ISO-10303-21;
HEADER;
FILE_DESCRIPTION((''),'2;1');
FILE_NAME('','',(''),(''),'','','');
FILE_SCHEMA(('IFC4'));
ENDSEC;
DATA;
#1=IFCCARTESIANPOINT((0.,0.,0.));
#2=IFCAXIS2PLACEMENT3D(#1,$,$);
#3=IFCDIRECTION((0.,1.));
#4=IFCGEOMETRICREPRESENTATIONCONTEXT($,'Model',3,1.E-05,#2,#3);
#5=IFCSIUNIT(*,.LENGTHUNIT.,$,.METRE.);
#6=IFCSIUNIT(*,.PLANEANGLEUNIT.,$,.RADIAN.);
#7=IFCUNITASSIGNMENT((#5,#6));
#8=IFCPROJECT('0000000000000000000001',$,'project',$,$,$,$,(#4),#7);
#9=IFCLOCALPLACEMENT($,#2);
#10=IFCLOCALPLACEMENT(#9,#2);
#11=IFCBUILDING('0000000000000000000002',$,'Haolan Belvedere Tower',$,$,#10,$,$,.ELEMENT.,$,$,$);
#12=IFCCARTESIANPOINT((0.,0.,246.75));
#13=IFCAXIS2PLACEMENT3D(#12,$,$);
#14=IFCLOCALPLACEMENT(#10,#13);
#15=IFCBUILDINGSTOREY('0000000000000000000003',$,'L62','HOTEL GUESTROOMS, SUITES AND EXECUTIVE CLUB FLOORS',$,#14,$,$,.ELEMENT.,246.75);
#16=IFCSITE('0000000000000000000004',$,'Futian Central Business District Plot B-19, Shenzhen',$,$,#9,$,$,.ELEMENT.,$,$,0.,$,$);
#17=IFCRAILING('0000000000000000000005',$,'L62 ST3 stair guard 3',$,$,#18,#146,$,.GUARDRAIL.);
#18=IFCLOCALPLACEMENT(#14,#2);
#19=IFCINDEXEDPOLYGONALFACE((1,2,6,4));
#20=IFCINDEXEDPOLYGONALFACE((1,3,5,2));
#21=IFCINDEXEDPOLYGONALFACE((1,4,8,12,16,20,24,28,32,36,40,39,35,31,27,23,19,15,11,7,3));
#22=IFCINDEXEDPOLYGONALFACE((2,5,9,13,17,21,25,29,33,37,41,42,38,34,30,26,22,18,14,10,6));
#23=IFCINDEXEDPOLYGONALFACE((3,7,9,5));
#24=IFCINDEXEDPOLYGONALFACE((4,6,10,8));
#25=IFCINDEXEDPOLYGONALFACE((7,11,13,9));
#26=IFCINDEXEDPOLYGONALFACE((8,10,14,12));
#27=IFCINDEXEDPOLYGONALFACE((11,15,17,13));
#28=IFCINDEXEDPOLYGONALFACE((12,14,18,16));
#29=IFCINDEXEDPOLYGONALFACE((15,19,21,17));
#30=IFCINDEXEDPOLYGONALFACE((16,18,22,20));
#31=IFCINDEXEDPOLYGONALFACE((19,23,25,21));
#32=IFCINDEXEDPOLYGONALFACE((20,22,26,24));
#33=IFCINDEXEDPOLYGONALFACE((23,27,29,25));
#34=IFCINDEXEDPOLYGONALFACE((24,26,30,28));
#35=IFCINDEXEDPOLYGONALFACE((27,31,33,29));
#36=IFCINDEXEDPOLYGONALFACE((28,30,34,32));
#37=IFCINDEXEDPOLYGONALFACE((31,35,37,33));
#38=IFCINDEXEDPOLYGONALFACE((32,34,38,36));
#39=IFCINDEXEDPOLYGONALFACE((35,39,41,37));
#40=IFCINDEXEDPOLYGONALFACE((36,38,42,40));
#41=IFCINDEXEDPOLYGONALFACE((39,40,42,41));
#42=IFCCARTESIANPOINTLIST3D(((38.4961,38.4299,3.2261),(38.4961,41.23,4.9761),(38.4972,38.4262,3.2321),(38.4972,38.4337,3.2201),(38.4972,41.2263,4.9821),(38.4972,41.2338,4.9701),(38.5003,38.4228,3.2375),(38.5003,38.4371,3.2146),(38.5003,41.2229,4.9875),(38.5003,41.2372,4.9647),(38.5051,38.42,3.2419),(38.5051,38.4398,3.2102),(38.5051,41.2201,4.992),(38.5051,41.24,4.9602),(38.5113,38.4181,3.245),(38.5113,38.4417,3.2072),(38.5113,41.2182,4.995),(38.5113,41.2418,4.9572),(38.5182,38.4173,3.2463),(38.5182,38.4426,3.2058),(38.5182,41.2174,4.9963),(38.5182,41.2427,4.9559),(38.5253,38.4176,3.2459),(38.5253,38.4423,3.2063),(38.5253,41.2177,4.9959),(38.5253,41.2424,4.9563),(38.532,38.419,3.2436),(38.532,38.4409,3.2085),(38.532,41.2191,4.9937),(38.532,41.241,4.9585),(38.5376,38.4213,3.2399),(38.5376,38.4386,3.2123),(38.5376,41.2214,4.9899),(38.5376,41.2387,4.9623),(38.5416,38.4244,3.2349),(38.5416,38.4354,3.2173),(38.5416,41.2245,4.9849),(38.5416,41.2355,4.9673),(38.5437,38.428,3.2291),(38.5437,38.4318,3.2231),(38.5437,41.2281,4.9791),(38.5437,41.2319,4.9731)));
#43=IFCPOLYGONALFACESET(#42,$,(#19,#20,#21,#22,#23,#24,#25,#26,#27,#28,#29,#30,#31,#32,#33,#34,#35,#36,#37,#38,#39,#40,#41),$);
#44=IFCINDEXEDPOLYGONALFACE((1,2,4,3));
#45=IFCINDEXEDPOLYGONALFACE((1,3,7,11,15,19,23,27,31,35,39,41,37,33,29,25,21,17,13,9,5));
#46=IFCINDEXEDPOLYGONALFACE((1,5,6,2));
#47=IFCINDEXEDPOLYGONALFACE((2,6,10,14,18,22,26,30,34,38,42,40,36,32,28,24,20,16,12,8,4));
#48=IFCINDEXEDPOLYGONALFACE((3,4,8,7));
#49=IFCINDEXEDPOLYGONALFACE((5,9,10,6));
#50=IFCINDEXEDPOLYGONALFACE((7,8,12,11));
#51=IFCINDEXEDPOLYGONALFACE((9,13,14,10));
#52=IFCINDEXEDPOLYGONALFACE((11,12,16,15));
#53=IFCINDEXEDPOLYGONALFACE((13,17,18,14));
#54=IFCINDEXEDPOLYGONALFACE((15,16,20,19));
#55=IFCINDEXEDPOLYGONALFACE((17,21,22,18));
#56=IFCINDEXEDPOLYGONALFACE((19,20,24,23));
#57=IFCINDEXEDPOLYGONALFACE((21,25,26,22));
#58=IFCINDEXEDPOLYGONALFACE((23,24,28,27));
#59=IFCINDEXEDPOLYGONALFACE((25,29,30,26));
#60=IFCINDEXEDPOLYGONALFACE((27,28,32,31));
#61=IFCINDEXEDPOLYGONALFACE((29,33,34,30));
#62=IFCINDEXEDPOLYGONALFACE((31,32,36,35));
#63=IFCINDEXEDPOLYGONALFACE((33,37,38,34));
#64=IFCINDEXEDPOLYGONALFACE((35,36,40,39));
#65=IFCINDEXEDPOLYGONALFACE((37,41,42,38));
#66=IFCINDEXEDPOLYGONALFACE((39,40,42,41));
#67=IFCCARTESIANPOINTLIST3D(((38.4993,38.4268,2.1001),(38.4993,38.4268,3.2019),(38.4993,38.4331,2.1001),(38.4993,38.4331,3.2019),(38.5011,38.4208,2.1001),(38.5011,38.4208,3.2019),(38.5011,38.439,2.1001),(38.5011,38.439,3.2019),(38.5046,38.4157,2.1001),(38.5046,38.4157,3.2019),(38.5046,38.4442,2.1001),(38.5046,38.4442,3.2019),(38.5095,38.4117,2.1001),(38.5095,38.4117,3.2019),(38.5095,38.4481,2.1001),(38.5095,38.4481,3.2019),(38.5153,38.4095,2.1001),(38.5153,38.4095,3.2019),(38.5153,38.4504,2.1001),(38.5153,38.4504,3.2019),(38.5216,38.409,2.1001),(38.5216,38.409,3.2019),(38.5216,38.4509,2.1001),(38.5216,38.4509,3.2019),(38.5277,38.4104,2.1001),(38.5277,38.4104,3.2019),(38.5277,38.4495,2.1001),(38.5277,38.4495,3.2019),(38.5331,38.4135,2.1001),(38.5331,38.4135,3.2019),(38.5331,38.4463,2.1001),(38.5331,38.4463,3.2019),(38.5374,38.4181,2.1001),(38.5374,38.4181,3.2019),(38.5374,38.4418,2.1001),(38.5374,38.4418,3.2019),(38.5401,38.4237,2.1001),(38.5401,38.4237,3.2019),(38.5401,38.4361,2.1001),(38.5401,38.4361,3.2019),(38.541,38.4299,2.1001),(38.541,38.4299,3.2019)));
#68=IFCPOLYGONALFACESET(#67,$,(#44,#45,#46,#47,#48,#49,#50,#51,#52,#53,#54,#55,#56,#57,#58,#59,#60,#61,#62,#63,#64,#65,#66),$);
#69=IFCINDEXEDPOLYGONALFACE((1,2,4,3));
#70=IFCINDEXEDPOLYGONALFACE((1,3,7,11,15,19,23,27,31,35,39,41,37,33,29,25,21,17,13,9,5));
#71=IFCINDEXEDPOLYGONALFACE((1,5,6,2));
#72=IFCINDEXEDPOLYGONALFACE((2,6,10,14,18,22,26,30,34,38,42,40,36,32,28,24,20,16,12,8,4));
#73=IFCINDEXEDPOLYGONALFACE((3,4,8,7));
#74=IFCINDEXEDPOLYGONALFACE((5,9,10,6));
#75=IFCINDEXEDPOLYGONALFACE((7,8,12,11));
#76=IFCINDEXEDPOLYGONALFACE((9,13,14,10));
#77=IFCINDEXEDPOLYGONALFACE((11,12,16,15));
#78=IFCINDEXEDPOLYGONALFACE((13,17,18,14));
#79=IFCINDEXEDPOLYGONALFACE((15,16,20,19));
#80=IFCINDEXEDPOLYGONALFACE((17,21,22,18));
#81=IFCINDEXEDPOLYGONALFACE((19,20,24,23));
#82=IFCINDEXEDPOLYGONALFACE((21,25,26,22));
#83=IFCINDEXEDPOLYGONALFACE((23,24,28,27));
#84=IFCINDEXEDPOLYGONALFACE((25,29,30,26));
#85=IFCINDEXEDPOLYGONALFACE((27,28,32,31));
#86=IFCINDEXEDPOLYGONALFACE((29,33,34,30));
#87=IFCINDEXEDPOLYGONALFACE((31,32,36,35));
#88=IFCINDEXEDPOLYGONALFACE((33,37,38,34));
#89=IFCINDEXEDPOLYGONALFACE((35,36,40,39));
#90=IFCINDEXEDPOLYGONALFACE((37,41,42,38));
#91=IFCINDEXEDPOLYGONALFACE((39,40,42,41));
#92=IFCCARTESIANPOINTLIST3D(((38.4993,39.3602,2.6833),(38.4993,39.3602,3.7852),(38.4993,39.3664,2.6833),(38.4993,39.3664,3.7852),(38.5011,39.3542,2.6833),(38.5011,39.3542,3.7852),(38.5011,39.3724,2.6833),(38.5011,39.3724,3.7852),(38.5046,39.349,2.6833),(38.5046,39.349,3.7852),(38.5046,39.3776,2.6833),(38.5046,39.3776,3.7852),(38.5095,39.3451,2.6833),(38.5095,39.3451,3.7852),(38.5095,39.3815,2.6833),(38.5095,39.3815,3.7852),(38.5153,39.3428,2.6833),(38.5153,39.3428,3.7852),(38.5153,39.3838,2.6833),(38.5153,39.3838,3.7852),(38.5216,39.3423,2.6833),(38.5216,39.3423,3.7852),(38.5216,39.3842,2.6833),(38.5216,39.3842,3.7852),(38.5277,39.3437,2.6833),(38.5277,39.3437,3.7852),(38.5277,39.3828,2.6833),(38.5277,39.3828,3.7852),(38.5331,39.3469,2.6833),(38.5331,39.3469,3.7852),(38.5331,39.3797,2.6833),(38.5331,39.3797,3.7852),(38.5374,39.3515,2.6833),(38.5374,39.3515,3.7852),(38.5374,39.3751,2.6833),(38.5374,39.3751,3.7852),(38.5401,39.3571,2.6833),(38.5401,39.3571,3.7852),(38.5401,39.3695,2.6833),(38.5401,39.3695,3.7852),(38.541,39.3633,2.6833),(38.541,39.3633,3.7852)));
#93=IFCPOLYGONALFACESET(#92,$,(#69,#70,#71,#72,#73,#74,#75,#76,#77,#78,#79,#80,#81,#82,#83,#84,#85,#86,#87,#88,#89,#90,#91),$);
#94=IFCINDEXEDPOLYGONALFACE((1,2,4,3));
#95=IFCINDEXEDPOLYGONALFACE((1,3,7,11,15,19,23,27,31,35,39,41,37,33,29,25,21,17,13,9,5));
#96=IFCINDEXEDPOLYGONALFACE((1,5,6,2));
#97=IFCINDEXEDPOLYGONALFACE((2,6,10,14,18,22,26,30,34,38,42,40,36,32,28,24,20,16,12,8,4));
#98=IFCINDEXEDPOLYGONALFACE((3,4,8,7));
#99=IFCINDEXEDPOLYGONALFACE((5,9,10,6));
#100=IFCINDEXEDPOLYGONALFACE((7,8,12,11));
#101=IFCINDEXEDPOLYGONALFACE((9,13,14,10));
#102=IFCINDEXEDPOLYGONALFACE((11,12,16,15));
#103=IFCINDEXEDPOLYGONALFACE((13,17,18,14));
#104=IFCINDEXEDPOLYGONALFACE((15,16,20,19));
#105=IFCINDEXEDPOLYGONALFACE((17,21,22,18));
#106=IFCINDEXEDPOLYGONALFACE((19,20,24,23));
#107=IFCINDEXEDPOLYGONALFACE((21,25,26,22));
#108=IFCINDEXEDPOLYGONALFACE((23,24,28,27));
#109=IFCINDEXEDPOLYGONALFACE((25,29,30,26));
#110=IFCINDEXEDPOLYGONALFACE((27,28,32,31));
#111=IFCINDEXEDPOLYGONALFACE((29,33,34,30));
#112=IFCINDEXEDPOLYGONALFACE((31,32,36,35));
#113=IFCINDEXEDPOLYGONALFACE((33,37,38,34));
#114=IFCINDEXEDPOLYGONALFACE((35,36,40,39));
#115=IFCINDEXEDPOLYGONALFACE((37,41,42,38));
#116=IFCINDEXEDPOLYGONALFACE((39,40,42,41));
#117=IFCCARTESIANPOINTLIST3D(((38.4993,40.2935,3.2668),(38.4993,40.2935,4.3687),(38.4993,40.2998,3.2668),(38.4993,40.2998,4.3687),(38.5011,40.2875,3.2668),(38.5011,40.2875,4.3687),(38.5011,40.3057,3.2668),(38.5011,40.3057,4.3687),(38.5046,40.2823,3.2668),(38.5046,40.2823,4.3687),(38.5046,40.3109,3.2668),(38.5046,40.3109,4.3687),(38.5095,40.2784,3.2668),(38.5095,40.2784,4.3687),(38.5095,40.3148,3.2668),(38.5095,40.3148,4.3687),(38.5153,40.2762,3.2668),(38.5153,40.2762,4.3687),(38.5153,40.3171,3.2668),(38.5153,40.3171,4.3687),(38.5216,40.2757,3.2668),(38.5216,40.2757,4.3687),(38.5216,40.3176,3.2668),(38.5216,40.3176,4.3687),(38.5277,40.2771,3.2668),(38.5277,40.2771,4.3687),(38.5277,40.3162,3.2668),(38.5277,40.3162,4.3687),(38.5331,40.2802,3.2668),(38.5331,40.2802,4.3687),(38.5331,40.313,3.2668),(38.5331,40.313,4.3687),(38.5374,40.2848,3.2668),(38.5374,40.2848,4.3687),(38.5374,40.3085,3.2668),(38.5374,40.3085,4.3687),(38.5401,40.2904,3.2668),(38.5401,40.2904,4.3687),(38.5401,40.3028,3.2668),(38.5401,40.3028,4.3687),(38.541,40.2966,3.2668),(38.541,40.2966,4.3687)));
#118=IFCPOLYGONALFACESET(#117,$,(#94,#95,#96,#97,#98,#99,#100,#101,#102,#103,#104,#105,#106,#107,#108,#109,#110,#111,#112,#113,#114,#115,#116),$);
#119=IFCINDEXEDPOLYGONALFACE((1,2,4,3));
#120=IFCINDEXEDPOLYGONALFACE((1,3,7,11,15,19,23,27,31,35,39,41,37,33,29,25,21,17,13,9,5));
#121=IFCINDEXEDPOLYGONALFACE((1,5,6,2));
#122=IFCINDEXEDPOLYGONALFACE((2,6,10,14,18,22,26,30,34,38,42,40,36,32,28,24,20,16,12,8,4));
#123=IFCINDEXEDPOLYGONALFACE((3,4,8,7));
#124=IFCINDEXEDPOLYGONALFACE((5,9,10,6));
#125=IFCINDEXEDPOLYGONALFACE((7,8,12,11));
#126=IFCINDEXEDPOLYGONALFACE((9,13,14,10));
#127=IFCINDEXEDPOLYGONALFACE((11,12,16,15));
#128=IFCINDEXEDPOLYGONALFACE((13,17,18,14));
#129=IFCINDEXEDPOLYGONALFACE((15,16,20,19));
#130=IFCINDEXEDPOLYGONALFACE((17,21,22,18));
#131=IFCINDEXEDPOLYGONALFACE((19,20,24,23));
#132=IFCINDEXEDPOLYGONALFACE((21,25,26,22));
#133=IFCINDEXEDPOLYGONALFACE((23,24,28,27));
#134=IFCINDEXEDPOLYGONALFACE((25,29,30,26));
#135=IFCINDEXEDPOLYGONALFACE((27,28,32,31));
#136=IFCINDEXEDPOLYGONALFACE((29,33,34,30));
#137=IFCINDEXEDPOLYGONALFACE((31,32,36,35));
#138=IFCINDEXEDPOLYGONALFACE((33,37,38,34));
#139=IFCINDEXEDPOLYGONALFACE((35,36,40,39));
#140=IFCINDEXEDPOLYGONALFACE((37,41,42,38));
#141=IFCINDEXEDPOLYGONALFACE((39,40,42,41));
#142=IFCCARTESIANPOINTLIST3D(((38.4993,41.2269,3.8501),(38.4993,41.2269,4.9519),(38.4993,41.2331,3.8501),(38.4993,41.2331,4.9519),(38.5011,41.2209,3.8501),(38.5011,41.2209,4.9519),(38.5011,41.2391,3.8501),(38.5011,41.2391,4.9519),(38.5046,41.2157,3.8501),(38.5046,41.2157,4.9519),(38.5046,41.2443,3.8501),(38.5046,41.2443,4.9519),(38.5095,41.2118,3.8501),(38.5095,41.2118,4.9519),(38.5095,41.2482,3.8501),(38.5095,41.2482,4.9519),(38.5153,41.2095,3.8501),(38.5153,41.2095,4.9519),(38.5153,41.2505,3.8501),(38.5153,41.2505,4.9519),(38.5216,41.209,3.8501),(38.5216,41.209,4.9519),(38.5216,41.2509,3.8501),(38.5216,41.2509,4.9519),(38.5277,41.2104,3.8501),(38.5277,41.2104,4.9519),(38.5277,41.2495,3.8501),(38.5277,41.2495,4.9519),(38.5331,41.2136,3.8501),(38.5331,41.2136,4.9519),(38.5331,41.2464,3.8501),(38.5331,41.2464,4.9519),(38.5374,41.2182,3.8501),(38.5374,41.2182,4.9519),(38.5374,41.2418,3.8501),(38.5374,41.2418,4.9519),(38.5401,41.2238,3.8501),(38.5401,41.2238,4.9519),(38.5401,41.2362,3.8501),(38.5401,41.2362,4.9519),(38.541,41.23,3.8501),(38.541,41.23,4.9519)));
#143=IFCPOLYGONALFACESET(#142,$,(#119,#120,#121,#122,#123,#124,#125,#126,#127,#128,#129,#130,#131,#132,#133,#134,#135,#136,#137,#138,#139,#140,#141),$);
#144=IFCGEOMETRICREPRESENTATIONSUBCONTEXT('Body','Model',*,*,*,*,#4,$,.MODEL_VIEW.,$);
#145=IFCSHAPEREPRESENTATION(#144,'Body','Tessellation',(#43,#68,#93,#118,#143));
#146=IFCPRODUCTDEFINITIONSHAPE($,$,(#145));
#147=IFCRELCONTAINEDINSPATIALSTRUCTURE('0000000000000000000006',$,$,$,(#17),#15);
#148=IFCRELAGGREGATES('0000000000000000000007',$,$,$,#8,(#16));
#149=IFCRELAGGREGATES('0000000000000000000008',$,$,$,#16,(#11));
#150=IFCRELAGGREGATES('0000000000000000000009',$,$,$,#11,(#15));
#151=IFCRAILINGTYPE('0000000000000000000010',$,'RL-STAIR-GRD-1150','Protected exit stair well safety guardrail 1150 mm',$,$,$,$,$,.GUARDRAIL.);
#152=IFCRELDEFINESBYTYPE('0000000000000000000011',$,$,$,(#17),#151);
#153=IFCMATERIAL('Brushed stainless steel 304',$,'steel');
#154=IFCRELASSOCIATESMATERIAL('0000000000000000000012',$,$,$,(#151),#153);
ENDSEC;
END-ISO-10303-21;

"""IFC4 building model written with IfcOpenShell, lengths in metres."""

from ifc_helpers import new_model, si_unit, direction, frame, origin, origin_2d, place, context, subcontext, project, spatial, circle, extrude, material, type_object, element, save


model = new_model("IFC4")

# Units and contexts
model_context = context("Model", 3, precision=1e-05, world=origin(), true_north=direction((0.0, 1.0)))
body_context = subcontext(model_context, "Body", "Model", "MODEL_VIEW")
ifc_project = project(units=[si_unit("LENGTHUNIT", "METRE"), si_unit("PLANEANGLEUNIT", "RADIAN")], contexts=[model_context])

# Site, building, storey
site_placement = place(None, origin())
site = spatial("IfcSite", under=ifc_project, at=site_placement, Name="Futian Central Business District Plot B-19, Shenzhen", CompositionType="ELEMENT", RefElevation=0.0)
building_placement = place(site_placement, origin())
building = spatial("IfcBuilding", under=site, at=building_placement, Name="Haolan Belvedere Tower", CompositionType="ELEMENT")
storey_placement = place(building_placement, frame((0.0, 0.0, 246.75)))
storey = spatial("IfcBuildingStorey", under=building, at=storey_placement, Name="L62", Description="HOTEL GUESTROOMS, SUITES AND EXECUTIVE CLUB FLOORS", CompositionType="ELEMENT", Elevation=246.75)

# Railing
ifc_material_1 = material(Name="Brushed stainless steel 304", Category="steel")
railing_type_1 = type_object("IfcRailingType", Name="RL-STAIR-GRD-1150", Description="Protected exit stair well safety guardrail 1150 mm", PredefinedType="GUARDRAIL", material=ifc_material_1)
railing_1_placement = place(storey_placement, frame((38.52, 38.4299, 2.1001)))
element("IfcRailing", 1, at=railing_1_placement, inside=storey, type_object=railing_type_1, Name="L62 ST3 stair guard 3", PredefinedType="GUARDRAIL", context=body_context, shape_type="SweptSolid", body=[
    extrude(circle(Radius=0.0239, at=origin_2d()), frame((0.0, 0.0, 1.126), z_axis=(0.0, 0.848002, 0.529992), x_axis=(-1.0, 0.0, 0.0)), (0.0, 0.0, 1.0), 3.302),
    extrude(circle(Radius=0.021, at=origin_2d()), origin(), (0.0, 0.0, 1.0), 1.1018),
    extrude(circle(Radius=0.021, at=origin_2d()), frame((0.0, 0.9333, 0.5833)), (0.0, 0.0, 1.0), 1.1018),
    extrude(circle(Radius=0.021, at=origin_2d()), frame((0.0, 1.8667, 1.1667)), (0.0, 0.0, 1.0), 1.1018),
    extrude(circle(Radius=0.021, at=origin_2d()), frame((0.0, 2.8, 1.75)), (0.0, 0.0, 1.0), 1.1018),
])

save(model, "model.ifc")
